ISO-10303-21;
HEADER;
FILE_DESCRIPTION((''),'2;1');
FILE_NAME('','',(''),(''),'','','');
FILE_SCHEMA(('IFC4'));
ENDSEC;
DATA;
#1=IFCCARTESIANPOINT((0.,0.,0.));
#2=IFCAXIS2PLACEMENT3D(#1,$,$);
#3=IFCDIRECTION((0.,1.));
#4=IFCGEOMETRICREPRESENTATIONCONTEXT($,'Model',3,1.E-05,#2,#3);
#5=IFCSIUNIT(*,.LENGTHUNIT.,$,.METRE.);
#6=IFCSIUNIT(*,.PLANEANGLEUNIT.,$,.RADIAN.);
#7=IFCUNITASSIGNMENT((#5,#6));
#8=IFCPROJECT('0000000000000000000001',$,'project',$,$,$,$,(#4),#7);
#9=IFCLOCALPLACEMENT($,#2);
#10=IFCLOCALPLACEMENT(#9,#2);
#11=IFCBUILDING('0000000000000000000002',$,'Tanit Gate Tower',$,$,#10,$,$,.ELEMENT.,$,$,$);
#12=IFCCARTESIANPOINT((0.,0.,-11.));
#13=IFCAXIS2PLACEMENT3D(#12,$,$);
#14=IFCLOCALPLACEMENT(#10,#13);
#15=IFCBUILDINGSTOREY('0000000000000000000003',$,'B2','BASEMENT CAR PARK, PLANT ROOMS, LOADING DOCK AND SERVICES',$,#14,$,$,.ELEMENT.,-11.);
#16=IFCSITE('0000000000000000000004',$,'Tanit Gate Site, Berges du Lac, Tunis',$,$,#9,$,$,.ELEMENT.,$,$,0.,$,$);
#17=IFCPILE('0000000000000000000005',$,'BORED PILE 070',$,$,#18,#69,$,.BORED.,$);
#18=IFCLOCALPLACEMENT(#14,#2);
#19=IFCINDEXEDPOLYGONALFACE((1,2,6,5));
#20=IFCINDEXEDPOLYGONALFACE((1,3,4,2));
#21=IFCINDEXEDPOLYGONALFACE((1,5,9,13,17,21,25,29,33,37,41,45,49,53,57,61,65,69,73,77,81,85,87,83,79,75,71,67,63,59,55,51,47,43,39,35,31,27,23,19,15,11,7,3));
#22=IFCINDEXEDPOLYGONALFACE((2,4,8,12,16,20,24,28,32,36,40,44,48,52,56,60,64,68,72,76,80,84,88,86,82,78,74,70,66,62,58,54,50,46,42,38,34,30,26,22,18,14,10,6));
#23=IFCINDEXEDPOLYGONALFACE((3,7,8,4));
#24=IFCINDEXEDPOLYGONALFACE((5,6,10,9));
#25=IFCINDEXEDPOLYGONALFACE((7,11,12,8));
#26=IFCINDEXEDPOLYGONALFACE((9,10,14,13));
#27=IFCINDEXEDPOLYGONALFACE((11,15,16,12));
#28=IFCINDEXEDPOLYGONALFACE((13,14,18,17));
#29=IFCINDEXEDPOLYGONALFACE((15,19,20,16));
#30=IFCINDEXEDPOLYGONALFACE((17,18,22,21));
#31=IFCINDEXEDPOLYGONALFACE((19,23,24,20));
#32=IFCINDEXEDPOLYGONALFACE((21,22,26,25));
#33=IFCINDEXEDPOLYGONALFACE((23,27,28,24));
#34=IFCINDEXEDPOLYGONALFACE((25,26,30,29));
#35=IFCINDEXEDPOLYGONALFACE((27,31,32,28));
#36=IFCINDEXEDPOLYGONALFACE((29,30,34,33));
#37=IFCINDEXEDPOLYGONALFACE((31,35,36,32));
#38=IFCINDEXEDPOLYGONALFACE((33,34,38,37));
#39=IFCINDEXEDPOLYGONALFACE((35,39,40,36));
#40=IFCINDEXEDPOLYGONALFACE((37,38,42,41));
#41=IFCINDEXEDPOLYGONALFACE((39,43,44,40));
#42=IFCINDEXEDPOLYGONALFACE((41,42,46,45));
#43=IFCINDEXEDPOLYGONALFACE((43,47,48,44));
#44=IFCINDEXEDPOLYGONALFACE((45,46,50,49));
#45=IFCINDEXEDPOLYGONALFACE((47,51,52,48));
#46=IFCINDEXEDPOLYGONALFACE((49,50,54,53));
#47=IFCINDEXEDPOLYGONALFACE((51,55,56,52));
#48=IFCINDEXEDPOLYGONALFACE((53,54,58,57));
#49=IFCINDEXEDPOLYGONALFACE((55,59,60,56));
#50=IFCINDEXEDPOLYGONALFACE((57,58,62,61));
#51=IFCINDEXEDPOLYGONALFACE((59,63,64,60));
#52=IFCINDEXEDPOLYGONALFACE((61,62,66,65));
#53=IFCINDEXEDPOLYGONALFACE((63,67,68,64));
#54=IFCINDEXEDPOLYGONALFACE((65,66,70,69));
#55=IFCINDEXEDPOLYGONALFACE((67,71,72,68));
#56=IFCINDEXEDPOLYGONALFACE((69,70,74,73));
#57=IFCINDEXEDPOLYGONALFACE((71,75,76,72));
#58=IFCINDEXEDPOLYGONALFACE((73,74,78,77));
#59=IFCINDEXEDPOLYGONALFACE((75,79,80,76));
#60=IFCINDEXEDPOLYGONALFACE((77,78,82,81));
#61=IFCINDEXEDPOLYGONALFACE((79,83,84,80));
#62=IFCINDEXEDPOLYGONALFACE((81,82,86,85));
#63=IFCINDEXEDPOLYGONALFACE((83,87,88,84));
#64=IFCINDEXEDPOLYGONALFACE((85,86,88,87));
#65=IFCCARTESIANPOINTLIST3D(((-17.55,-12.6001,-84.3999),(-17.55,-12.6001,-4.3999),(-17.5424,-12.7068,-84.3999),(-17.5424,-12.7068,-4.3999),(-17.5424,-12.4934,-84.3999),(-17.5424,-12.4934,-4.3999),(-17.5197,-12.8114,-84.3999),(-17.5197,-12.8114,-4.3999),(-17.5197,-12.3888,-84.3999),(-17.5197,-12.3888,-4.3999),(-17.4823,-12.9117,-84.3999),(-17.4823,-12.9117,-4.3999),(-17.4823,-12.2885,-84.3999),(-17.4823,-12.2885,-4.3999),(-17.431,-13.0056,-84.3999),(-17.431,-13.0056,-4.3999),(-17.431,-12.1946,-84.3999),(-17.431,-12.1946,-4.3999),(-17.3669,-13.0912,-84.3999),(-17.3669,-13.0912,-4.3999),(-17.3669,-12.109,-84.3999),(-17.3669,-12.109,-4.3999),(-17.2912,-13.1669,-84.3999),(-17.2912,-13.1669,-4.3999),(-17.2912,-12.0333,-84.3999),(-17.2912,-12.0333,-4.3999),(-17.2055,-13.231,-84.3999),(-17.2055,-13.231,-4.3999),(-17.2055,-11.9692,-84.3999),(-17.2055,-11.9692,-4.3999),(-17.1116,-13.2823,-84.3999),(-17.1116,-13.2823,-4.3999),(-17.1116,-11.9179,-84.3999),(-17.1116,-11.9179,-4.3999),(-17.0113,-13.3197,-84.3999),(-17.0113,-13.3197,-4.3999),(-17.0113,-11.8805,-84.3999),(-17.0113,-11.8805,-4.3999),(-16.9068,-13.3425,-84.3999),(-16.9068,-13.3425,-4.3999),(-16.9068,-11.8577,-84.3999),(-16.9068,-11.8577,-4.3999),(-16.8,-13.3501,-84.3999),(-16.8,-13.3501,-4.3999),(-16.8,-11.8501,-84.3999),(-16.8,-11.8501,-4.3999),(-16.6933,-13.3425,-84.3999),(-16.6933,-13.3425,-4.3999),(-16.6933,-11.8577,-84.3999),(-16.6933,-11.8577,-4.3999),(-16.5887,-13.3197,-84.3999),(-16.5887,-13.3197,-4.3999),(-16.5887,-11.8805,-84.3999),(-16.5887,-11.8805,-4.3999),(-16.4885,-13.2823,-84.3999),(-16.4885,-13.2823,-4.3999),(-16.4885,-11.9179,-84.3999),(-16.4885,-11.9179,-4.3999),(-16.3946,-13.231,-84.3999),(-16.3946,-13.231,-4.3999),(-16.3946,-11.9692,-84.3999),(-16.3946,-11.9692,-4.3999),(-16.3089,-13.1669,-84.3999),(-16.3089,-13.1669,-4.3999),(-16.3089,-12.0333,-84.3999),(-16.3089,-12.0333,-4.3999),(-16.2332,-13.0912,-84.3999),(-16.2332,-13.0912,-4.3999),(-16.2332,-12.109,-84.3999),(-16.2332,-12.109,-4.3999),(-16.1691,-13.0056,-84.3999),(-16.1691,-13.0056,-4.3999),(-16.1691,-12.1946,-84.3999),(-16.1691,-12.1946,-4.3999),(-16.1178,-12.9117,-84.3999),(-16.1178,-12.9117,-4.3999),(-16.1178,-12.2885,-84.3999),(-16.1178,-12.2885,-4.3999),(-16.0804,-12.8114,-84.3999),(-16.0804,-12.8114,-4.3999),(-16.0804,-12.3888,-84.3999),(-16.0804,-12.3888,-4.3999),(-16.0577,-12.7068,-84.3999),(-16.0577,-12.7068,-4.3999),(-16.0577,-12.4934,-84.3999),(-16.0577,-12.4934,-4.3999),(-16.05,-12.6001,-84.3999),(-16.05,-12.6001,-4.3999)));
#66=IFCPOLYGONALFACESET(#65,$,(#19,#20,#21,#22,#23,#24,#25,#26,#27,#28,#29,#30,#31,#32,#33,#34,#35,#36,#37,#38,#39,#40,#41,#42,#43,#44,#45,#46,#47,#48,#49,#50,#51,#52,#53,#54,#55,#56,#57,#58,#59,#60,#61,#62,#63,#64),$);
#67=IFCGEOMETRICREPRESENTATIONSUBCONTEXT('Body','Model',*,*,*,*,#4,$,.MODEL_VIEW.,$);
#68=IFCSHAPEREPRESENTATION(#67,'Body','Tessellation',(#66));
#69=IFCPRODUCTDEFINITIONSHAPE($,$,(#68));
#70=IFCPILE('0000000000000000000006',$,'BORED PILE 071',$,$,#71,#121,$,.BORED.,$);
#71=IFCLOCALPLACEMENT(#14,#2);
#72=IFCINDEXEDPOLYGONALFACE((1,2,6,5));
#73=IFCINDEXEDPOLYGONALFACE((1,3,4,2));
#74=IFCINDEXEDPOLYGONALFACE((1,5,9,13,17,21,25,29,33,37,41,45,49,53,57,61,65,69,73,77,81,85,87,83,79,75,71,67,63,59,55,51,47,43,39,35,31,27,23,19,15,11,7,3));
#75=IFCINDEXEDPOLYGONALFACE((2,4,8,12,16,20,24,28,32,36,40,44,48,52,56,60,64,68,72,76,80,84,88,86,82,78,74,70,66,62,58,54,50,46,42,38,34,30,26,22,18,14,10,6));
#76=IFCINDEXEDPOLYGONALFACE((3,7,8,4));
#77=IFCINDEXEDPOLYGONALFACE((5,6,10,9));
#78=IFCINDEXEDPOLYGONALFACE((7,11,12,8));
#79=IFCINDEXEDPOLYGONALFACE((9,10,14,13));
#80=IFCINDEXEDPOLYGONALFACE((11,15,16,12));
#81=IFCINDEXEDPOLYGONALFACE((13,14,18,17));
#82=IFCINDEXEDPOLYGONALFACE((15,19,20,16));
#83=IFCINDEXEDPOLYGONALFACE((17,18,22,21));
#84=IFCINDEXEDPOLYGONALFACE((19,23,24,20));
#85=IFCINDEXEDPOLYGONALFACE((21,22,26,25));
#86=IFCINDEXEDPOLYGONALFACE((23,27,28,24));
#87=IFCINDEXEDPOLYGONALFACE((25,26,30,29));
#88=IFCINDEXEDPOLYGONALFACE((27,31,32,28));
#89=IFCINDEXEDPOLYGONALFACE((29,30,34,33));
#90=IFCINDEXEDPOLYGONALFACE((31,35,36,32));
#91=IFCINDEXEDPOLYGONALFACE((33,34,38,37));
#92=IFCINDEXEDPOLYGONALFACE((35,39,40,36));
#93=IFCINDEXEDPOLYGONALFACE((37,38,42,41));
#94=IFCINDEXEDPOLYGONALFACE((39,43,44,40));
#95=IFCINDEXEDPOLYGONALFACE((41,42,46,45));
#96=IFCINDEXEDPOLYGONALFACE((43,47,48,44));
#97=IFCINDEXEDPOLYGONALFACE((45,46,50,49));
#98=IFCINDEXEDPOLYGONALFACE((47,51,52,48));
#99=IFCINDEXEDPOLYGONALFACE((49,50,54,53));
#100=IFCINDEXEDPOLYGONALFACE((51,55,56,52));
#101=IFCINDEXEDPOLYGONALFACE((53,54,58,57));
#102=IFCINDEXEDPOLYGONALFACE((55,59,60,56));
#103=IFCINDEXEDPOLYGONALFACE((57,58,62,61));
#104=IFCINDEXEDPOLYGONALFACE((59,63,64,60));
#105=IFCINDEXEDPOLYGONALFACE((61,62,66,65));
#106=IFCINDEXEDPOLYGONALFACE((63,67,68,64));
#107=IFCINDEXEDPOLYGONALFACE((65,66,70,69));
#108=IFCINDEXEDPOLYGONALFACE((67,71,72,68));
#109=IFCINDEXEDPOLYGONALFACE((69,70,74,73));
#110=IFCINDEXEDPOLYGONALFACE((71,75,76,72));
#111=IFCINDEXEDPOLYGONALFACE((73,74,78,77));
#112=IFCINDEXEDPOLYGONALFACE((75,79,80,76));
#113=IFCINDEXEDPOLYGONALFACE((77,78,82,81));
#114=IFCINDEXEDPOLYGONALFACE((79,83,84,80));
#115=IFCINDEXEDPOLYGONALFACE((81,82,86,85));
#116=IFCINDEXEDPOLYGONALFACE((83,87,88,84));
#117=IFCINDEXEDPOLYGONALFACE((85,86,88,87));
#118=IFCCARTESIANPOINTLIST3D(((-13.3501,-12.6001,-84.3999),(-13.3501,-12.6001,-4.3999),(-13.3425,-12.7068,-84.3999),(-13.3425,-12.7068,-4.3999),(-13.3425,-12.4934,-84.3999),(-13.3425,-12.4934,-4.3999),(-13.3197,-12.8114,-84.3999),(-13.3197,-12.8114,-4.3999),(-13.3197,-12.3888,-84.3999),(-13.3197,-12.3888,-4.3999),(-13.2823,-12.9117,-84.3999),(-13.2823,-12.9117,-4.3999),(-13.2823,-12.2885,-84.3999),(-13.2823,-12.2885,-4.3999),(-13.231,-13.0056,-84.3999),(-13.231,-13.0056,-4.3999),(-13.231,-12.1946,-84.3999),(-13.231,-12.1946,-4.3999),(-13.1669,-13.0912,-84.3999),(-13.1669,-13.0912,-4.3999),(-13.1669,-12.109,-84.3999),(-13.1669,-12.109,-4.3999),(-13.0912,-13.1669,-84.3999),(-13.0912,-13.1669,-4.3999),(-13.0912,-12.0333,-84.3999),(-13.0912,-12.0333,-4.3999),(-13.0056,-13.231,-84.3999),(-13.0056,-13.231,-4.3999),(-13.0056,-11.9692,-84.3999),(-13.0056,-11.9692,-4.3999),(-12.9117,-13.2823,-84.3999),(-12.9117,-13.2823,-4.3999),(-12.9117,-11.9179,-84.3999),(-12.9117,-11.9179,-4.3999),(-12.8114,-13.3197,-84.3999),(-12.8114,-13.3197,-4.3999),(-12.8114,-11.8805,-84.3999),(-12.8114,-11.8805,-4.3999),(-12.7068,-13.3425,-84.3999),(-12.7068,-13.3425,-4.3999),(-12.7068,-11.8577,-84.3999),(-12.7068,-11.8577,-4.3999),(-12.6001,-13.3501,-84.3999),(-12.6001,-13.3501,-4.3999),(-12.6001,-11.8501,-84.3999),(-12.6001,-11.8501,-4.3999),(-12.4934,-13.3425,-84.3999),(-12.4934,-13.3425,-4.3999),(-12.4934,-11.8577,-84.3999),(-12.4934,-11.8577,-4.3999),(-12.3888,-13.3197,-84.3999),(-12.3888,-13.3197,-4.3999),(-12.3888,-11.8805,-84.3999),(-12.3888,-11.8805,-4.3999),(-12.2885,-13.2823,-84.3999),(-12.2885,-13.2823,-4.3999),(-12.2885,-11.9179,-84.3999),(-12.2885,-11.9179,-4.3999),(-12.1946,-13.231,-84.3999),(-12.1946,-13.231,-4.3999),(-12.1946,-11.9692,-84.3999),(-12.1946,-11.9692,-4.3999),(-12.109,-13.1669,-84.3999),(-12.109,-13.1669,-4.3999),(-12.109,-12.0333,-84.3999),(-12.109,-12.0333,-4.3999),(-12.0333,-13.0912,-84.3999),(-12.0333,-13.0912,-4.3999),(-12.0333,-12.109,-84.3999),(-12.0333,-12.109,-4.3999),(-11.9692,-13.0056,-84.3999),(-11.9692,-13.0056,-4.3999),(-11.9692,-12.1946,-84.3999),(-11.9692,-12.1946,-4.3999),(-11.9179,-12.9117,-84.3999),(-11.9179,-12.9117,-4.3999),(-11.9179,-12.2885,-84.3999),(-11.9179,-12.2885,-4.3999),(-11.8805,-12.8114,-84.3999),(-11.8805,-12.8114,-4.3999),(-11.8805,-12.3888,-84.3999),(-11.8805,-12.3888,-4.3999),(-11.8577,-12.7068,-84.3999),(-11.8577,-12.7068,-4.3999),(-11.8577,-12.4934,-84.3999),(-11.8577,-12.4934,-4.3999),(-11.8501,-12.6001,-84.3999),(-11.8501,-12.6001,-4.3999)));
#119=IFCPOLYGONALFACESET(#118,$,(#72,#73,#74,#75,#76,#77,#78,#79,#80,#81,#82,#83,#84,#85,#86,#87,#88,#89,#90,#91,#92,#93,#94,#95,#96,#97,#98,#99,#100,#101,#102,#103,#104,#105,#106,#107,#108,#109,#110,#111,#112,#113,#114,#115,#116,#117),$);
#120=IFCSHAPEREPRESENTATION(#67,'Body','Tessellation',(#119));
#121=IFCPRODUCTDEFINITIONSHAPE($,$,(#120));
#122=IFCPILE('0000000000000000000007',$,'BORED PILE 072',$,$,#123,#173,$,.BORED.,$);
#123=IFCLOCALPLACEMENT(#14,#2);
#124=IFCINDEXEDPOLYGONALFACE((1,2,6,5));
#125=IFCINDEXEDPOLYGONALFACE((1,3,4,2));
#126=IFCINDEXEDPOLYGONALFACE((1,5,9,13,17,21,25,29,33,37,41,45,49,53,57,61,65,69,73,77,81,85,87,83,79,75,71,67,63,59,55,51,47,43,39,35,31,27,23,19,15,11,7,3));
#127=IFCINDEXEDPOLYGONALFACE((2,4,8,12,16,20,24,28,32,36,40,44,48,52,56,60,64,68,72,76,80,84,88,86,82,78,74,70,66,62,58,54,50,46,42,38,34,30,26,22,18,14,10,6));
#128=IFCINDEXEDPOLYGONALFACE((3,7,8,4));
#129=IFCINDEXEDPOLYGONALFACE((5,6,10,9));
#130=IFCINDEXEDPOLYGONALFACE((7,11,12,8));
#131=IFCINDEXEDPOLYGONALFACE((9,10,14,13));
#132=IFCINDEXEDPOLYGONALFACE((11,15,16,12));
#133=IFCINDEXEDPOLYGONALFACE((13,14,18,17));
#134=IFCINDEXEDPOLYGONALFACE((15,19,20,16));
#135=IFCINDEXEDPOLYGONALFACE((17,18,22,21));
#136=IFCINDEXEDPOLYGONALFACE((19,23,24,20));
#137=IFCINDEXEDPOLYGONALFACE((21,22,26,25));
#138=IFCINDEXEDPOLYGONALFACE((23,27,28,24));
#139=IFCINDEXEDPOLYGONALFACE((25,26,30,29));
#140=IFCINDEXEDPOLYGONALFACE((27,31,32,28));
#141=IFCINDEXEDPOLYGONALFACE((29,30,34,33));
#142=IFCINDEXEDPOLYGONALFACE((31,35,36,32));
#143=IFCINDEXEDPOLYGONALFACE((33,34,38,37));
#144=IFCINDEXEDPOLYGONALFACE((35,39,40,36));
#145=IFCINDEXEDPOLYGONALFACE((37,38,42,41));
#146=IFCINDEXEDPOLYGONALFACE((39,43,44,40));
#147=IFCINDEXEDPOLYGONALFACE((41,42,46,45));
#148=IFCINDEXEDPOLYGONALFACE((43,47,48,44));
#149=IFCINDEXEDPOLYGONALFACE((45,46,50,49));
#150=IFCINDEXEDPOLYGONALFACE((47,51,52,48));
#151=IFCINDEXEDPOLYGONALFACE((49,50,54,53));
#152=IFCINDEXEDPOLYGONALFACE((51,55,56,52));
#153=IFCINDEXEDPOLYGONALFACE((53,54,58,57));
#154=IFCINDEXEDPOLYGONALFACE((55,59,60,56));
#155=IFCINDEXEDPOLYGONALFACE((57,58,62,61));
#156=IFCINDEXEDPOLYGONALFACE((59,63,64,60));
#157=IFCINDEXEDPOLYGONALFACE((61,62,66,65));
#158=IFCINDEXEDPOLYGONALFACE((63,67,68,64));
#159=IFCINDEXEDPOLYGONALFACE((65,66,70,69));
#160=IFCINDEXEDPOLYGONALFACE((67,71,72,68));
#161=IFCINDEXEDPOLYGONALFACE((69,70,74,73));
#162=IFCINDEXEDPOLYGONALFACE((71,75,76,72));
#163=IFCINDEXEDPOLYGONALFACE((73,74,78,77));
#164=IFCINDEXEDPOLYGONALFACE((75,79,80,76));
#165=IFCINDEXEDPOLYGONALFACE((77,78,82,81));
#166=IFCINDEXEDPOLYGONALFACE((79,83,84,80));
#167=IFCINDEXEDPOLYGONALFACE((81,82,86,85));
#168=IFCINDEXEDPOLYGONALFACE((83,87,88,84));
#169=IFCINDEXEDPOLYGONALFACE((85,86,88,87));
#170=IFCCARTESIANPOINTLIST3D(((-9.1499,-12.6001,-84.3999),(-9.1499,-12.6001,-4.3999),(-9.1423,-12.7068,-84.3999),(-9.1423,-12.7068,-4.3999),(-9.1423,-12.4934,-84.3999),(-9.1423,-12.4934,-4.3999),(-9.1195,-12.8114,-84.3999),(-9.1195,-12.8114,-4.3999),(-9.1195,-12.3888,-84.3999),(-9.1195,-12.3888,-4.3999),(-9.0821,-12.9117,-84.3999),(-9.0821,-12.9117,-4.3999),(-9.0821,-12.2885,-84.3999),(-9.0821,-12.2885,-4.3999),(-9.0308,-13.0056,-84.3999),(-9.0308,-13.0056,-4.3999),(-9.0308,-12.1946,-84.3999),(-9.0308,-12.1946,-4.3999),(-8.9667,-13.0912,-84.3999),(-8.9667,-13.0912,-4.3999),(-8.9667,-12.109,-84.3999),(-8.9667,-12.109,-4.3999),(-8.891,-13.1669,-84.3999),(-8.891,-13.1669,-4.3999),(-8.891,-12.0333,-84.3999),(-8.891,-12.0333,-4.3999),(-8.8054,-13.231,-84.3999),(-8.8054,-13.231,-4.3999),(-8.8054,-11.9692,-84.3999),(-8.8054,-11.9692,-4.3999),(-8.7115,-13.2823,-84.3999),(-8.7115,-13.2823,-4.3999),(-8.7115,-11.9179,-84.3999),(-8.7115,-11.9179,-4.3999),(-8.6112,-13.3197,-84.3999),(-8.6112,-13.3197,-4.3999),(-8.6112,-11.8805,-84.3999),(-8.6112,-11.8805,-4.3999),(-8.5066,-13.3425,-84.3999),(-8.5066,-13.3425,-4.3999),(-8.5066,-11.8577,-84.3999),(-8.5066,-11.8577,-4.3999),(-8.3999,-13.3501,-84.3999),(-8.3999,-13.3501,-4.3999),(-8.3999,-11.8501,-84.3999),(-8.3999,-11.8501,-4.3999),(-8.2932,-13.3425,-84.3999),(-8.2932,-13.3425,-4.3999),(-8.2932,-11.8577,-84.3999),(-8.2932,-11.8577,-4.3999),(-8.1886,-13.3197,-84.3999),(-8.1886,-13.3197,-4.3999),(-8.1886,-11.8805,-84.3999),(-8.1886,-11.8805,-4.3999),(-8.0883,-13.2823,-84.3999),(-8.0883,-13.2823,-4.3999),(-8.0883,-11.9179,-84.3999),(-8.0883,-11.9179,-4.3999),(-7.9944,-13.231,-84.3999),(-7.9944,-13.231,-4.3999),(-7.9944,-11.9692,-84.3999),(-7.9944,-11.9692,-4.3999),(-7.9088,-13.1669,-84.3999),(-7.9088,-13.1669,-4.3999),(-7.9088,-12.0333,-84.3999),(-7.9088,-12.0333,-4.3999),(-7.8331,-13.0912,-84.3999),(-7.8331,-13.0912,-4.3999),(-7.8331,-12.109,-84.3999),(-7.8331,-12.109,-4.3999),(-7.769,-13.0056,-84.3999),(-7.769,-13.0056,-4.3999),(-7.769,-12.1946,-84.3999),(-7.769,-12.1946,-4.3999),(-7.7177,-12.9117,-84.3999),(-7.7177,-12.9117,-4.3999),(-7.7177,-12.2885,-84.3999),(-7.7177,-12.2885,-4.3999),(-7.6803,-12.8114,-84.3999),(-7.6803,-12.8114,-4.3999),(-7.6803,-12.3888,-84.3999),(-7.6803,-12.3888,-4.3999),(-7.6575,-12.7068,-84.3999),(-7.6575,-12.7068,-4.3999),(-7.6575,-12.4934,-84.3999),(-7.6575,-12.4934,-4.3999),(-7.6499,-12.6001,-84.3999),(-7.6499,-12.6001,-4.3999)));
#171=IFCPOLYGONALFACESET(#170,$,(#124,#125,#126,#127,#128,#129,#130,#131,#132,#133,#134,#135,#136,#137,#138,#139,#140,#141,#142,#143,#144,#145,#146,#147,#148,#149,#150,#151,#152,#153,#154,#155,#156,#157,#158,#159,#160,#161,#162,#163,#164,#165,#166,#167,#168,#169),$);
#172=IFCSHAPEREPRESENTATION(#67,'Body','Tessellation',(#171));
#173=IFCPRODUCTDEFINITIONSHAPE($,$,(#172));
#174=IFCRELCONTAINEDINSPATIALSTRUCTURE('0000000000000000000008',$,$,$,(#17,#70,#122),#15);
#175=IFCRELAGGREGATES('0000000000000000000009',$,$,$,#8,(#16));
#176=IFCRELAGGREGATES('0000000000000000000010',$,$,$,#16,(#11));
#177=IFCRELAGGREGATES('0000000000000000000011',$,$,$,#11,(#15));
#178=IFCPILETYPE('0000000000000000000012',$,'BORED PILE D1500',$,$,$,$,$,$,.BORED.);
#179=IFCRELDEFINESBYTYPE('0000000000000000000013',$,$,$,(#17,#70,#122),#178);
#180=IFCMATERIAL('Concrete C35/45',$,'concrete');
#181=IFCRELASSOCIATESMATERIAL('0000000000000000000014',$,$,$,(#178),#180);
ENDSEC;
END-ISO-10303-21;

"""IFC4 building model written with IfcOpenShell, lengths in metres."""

from ifc_helpers import new_model, si_unit, direction, frame, origin, origin_2d, place, context, subcontext, project, spatial, circle, extrude, material, material_profile, profile_set, type_object, element, save


model = new_model("IFC4")

# Units and contexts
model_context = context("Model", 3, precision=1e-05, world=origin(), true_north=direction((0.0, 1.0)))
body_context = subcontext(model_context, "Body", "Model", "MODEL_VIEW")
ifc_project = project(units=[si_unit("LENGTHUNIT", "METRE"), si_unit("PLANEANGLEUNIT", "RADIAN")], contexts=[model_context])

# Site, building, storey
site_placement = place(None, origin())
site = spatial("IfcSite", under=ifc_project, at=site_placement, Name="Tanit Gate Site, Berges du Lac, Tunis", CompositionType="ELEMENT", RefElevation=0.0)
building_placement = place(site_placement, origin())
building = spatial("IfcBuilding", under=site, at=building_placement, Name="Tanit Gate Tower", CompositionType="ELEMENT")
storey_placement = place(building_placement, frame((0.0, 0.0, -11.0)))
storey = spatial("IfcBuildingStorey", under=building, at=storey_placement, Name="B2", Description="BASEMENT CAR PARK, PLANT ROOMS, LOADING DOCK AND SERVICES", CompositionType="ELEMENT", Elevation=-11.0)

# Piles
ifc_material_1 = material(Name="Concrete C35/45", Category="concrete")
ifc_material_profile_1 = material_profile(ifc_material_1, circle(Radius=0.75, at=origin_2d()), Name="BORED PILE D1500 C35/45")
ifc_profile_set_1 = profile_set([ifc_material_profile_1], Name="Concrete C35/45")
pile_type = type_object("IfcPileType", Name="BORED PILE D1500", PredefinedType="BORED", material=ifc_profile_set_1)
for number, where, z_axis, x_axis, name in (
    (1, (-16.8, -12.6001, -4.3999), (0.0, 0.0, -1.0), (1.0, 0.0, 0.0), "BORED PILE 070"),
    (2, (-12.6001, -12.6001, -4.3999), (0.0, 0.0, -1.0), (1.0, 0.0, 0.0), "BORED PILE 071"),
    (3, (-8.3999, -12.6001, -4.3999), (0.0, 0.0, -1.0), (1.0, 0.0, 0.0), "BORED PILE 072"),
):
    element("IfcPile", number, at=place(storey_placement, frame(where, z_axis=z_axis, x_axis=x_axis)), inside=storey, type_object=pile_type, Name=name, PredefinedType="BORED", context=body_context, shape_type="SweptSolid", body=[
        extrude(circle(Radius=0.75, at=origin_2d()), origin(), (0.0, 0.0, 1.0), 80.0),
    ])

save(model, "model.ifc")
